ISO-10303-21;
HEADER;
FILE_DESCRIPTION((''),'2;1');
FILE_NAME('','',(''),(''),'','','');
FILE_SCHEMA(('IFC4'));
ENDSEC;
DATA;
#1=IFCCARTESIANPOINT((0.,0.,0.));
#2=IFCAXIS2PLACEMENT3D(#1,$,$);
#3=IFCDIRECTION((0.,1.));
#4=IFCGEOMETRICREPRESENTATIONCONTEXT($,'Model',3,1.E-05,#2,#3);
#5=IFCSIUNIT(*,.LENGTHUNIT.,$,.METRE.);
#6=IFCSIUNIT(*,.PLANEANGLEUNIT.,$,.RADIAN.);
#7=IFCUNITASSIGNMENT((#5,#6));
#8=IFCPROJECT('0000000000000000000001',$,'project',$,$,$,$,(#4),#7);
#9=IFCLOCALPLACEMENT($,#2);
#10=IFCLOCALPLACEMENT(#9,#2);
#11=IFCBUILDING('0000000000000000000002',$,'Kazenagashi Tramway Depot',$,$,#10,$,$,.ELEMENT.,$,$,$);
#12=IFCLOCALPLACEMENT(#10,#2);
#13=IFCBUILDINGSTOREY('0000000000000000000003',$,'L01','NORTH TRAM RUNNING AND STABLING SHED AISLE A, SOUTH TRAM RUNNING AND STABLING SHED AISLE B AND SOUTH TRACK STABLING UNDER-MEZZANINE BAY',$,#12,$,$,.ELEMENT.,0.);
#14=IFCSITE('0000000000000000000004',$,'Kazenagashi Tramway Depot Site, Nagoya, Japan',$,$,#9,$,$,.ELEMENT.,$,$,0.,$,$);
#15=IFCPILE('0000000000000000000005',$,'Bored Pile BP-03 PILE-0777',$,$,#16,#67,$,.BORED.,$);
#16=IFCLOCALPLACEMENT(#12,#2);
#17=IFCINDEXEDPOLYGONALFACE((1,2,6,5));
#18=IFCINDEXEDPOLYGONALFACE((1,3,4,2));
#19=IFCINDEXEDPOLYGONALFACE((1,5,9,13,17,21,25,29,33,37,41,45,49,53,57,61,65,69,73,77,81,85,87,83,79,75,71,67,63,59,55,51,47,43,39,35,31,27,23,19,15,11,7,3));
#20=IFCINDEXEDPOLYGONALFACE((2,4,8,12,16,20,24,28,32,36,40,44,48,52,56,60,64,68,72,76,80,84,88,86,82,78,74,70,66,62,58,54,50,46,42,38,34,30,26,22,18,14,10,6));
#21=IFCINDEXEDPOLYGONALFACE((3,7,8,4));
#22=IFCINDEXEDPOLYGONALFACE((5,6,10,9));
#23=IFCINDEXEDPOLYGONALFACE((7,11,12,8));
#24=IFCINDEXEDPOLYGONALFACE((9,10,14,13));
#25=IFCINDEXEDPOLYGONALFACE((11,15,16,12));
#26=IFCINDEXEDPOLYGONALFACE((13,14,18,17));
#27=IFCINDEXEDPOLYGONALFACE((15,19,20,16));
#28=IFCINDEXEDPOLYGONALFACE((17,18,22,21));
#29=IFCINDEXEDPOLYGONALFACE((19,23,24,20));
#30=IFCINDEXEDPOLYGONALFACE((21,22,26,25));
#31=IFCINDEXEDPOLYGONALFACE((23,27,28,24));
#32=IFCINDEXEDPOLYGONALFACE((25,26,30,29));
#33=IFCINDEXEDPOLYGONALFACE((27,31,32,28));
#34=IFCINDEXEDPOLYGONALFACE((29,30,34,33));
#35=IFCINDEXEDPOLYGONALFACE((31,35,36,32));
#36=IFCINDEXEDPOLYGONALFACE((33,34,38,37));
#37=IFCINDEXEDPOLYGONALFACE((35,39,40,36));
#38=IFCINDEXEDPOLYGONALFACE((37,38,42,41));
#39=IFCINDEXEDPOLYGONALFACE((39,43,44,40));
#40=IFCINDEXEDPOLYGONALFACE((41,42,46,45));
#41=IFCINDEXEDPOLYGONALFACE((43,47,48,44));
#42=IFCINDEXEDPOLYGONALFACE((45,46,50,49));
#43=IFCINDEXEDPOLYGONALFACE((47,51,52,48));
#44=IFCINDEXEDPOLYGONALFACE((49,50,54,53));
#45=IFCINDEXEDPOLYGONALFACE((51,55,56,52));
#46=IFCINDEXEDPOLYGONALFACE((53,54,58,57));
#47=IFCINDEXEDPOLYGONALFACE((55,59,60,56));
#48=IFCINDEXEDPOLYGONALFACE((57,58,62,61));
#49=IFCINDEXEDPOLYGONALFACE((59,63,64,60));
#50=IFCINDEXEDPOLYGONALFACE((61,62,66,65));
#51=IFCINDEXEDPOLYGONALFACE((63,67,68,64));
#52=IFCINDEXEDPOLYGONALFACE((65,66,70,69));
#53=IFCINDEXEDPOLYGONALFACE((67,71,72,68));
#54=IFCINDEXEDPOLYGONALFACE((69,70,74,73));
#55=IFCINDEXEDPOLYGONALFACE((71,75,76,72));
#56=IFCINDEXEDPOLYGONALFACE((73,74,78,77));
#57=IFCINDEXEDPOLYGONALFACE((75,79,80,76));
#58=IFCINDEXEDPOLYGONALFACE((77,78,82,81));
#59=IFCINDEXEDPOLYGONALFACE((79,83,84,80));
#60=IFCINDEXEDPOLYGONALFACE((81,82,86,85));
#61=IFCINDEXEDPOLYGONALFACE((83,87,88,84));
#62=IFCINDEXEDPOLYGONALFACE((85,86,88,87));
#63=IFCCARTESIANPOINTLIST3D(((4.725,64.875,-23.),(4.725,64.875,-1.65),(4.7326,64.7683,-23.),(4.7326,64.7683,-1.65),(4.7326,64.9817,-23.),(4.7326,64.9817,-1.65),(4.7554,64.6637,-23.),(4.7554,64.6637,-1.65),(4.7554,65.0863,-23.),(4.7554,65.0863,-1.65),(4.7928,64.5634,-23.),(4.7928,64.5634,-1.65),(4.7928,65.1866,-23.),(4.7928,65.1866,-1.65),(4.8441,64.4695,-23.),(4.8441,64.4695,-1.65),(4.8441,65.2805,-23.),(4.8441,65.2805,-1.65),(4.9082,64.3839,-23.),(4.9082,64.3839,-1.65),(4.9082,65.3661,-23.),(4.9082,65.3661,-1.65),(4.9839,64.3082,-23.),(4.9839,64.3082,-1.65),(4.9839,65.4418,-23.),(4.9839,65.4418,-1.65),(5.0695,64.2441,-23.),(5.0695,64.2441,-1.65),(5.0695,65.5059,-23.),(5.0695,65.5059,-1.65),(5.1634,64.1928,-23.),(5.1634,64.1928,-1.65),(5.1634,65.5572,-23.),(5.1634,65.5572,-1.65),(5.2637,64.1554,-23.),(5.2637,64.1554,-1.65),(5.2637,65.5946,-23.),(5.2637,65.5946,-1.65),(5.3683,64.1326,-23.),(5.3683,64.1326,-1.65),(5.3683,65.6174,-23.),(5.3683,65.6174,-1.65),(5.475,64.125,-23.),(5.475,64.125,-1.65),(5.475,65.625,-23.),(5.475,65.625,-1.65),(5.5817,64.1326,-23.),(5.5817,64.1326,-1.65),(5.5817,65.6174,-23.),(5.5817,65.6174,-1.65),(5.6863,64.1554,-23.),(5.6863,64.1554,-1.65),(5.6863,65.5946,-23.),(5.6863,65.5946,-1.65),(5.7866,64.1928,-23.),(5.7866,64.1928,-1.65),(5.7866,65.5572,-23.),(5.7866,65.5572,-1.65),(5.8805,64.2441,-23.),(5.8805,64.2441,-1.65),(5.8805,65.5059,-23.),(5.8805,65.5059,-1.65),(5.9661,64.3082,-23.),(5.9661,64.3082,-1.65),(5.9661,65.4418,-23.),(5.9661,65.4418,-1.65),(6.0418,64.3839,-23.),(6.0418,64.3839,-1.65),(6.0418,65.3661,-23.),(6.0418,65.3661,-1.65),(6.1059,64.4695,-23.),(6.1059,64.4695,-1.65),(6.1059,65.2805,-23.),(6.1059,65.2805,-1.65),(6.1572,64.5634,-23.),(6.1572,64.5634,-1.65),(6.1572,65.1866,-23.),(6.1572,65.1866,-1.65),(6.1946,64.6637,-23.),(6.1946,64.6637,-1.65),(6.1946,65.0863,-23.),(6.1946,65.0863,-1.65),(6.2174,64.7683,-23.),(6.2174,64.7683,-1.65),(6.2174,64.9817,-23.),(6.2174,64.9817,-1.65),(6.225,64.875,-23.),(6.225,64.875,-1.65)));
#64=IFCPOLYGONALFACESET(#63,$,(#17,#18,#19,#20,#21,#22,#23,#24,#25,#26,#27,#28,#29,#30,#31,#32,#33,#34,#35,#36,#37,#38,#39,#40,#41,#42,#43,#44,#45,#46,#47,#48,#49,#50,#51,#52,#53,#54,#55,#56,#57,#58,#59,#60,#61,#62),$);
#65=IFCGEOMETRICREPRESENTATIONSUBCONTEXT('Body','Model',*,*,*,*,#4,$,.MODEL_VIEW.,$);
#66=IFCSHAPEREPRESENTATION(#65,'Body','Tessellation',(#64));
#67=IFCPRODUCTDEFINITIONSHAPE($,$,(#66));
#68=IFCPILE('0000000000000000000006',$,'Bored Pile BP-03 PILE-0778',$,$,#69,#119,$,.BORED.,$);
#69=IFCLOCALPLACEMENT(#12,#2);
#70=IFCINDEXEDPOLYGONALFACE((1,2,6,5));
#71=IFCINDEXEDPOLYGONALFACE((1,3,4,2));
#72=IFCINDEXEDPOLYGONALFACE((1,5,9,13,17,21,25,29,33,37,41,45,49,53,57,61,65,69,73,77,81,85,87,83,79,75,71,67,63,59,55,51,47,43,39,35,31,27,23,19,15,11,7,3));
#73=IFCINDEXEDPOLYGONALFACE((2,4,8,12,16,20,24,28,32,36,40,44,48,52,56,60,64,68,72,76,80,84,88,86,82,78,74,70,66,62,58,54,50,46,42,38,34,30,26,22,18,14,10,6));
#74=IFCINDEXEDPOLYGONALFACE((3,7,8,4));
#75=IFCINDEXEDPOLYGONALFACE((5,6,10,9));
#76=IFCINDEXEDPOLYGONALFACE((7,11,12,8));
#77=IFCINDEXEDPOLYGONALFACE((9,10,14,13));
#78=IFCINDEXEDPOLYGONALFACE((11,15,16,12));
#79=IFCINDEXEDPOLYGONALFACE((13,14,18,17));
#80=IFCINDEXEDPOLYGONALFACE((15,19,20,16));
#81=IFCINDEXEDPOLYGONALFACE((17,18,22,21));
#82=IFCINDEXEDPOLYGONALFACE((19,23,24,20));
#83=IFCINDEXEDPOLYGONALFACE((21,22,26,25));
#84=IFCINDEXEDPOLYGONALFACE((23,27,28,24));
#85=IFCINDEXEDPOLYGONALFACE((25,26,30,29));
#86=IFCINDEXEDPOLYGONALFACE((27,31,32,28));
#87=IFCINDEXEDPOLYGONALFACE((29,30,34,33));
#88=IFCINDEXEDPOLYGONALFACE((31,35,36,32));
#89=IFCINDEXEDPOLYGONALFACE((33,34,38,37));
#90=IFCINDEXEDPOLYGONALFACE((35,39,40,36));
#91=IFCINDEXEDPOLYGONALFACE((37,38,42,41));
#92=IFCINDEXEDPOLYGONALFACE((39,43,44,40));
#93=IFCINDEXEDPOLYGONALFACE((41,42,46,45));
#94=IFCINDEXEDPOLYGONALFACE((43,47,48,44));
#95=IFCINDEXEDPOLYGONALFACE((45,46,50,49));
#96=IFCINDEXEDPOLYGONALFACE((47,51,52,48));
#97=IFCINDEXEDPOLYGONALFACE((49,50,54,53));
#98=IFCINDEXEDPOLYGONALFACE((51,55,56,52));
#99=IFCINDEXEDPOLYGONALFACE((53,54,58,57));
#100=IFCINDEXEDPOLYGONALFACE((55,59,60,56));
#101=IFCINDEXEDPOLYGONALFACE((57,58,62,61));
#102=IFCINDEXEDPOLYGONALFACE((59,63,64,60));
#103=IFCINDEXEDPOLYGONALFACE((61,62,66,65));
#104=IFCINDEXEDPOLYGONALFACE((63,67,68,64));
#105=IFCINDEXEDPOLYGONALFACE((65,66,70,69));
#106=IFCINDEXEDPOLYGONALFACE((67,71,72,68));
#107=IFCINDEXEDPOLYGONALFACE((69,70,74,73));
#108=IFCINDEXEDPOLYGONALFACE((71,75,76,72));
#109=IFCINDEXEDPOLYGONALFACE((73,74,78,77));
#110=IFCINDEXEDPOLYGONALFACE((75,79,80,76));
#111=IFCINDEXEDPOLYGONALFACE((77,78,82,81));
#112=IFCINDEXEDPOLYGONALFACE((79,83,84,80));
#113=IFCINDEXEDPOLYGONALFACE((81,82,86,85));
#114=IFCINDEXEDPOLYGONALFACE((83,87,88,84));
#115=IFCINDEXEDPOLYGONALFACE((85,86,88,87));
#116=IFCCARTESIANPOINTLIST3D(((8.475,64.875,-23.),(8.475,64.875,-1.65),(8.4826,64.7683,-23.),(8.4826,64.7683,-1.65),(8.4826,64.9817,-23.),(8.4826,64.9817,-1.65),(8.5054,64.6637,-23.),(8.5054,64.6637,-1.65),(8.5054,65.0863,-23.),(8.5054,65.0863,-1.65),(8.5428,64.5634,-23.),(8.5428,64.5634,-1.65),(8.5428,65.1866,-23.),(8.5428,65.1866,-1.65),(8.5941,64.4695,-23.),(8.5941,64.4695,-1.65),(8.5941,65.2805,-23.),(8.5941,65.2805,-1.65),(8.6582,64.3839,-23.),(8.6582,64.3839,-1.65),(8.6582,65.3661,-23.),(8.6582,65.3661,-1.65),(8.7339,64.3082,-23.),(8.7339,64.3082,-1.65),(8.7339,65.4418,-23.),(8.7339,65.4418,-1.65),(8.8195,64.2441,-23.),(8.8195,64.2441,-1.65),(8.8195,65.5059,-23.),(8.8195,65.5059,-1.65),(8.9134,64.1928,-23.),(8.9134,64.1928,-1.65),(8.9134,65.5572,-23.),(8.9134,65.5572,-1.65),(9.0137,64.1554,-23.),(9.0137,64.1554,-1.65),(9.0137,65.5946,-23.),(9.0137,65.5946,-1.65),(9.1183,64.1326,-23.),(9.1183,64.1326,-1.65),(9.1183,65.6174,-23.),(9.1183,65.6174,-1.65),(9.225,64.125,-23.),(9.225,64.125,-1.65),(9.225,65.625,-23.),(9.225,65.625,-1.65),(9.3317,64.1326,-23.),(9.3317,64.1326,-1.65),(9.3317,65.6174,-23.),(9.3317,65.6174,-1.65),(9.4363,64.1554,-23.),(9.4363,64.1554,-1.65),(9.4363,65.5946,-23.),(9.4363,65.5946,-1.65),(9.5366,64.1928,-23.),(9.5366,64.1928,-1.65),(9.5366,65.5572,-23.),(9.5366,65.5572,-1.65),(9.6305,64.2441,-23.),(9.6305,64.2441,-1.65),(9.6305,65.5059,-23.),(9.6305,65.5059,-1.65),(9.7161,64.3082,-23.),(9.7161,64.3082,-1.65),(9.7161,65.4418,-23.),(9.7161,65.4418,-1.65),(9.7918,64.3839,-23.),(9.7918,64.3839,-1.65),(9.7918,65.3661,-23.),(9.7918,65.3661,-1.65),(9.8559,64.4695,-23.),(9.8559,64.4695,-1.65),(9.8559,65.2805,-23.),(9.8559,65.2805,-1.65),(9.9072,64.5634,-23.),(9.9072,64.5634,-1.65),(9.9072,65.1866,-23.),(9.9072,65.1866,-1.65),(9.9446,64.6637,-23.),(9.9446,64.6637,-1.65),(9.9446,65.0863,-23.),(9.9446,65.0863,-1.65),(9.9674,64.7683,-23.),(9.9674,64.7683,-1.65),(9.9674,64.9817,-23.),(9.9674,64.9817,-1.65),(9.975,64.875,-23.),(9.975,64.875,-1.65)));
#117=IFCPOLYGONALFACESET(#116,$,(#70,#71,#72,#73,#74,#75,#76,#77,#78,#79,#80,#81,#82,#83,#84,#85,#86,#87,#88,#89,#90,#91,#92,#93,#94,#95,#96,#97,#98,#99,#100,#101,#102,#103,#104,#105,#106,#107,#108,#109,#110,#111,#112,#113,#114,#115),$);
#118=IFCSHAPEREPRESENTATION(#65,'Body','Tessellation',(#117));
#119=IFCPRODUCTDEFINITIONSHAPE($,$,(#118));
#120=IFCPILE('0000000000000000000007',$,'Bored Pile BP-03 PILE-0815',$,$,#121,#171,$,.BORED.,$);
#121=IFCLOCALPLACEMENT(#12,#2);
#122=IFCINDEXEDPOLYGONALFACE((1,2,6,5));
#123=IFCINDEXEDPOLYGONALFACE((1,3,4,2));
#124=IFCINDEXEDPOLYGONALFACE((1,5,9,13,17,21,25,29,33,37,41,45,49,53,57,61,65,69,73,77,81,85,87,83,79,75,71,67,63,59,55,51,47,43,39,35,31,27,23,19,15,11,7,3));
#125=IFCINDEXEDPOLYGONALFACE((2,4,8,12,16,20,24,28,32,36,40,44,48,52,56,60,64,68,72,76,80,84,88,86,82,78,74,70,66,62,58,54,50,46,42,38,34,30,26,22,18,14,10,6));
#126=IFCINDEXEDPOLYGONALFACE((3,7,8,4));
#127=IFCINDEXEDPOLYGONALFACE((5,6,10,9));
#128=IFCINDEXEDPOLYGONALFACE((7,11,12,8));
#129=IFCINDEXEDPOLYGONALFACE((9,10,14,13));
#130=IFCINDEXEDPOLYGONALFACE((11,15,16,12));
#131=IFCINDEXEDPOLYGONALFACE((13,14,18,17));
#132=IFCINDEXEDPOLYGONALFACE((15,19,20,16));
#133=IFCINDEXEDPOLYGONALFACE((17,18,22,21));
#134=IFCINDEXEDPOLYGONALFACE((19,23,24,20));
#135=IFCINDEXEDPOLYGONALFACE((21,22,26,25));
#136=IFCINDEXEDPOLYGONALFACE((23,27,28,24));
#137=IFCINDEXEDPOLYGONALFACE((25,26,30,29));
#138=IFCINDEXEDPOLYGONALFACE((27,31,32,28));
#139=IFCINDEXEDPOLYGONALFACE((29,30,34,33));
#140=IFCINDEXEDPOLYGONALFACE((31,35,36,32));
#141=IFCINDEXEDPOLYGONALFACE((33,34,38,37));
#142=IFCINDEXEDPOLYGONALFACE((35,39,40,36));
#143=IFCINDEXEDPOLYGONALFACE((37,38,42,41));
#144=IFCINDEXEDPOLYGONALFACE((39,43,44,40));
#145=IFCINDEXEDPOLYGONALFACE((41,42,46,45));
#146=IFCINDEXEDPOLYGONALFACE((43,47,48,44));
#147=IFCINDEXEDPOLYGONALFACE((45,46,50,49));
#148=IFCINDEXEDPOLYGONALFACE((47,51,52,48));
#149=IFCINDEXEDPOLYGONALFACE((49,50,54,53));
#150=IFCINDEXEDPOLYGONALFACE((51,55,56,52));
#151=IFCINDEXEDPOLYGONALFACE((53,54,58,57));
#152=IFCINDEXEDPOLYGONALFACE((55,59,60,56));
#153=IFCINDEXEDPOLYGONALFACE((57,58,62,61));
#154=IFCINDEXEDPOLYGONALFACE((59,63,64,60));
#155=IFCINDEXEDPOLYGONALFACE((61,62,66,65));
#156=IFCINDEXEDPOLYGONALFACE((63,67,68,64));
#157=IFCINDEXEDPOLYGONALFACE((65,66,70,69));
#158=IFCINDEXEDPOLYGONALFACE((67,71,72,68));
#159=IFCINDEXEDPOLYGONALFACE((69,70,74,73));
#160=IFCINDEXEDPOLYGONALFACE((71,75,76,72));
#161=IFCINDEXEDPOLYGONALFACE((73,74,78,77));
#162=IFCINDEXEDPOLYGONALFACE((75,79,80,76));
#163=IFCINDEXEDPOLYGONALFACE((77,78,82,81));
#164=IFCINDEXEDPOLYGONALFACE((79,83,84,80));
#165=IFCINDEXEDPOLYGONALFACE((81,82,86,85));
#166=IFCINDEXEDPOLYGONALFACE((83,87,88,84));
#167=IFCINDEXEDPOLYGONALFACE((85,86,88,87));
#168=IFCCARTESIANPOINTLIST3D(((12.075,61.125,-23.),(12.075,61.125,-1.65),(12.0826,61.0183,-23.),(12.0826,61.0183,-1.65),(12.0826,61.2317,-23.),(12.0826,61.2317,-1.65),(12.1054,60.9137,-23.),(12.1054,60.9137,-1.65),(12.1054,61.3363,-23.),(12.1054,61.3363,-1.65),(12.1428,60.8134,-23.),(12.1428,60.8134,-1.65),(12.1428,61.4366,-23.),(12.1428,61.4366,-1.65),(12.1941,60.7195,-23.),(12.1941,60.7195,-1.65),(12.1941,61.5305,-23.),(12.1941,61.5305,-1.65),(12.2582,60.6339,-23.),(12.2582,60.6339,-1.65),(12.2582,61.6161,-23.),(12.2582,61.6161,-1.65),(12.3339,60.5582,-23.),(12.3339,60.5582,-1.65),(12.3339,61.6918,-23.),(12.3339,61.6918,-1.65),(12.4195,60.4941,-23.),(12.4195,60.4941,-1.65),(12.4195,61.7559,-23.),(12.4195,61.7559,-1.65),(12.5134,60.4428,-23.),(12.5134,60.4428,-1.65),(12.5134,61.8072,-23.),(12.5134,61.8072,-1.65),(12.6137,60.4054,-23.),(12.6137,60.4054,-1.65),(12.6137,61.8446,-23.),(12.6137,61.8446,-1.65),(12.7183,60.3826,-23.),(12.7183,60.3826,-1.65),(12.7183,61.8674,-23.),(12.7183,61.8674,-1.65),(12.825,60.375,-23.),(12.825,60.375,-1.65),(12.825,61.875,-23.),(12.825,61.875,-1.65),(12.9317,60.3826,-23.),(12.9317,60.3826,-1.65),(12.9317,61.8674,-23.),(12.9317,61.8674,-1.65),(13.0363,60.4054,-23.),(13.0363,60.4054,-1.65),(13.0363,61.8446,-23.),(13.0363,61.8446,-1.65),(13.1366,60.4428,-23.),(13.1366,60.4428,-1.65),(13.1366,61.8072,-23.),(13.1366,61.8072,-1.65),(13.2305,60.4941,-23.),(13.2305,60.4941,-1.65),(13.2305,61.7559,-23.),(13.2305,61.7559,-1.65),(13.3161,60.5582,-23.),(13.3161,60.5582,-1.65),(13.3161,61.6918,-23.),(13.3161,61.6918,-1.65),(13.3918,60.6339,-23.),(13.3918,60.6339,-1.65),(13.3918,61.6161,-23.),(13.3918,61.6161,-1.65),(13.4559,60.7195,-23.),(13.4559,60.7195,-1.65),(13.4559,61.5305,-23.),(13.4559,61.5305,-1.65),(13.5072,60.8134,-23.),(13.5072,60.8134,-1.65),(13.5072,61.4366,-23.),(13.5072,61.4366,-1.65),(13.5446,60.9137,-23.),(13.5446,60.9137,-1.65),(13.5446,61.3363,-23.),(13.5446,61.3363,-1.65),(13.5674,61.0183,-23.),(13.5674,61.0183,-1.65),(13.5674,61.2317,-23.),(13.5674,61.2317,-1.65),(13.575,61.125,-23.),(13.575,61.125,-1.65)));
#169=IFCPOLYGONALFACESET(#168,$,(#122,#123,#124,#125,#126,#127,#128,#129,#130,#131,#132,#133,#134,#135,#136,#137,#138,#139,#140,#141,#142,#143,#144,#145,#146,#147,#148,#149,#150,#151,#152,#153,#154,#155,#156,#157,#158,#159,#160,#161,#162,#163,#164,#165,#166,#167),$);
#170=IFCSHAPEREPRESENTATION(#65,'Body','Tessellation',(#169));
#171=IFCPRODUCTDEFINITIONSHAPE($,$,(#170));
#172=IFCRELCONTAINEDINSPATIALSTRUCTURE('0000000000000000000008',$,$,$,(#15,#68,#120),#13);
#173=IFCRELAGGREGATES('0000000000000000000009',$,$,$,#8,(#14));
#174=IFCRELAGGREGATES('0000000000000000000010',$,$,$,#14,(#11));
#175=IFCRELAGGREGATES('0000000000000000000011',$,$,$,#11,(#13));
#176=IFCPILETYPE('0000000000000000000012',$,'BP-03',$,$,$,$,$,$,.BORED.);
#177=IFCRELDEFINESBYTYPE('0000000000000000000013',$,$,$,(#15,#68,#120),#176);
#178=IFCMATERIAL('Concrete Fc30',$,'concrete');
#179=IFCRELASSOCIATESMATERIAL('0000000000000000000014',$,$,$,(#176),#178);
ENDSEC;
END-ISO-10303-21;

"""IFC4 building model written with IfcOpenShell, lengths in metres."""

from ifc_helpers import new_model, si_unit, direction, frame, origin, origin_2d, place, context, subcontext, project, spatial, circle, extrude, material, material_profile, profile_set, type_object, element, save


model = new_model("IFC4")

# Units and contexts
model_context = context("Model", 3, precision=1e-05, world=origin(), true_north=direction((0.0, 1.0)))
body_context = subcontext(model_context, "Body", "Model", "MODEL_VIEW")
ifc_project = project(units=[si_unit("LENGTHUNIT", "METRE"), si_unit("PLANEANGLEUNIT", "RADIAN")], contexts=[model_context])

# Site, building, storey
site_placement = place(None, origin())
site = spatial("IfcSite", under=ifc_project, at=site_placement, Name="Kazenagashi Tramway Depot Site, Nagoya, Japan", CompositionType="ELEMENT", RefElevation=0.0)
building_placement = place(site_placement, origin())
building = spatial("IfcBuilding", under=site, at=building_placement, Name="Kazenagashi Tramway Depot", CompositionType="ELEMENT")
storey_placement = place(building_placement, origin())
storey = spatial("IfcBuildingStorey", under=building, at=storey_placement, Name="L01", Description="NORTH TRAM RUNNING AND STABLING SHED AISLE A, SOUTH TRAM RUNNING AND STABLING SHED AISLE B AND SOUTH TRACK STABLING UNDER-MEZZANINE BAY", CompositionType="ELEMENT", Elevation=0.0)

# Piles
ifc_material_1 = material(Name="Concrete Fc30", Category="concrete")
ifc_material_profile_1 = material_profile(ifc_material_1, circle(Radius=0.75, at=origin_2d()), Name="PILE-1500")
ifc_profile_set_1 = profile_set([ifc_material_profile_1], Name="Concrete Fc30")
pile_type = type_object("IfcPileType", Name="BP-03", PredefinedType="BORED", material=ifc_profile_set_1)
for number, where, z_axis, x_axis, name in (
    (1, (5.475, 64.875, -1.65), (0.0, 0.0, -1.0), (1.0, 0.0, 0.0), "Bored Pile BP-03 PILE-0777"),
    (2, (9.225, 64.875, -1.65), (0.0, 0.0, -1.0), (1.0, 0.0, 0.0), "Bored Pile BP-03 PILE-0778"),
    (3, (12.825, 61.125, -1.65), (0.0, 0.0, -1.0), (1.0, 0.0, 0.0), "Bored Pile BP-03 PILE-0815"),
):
    element("IfcPile", number, at=place(storey_placement, frame(where, z_axis=z_axis, x_axis=x_axis)), inside=storey, type_object=pile_type, Name=name, PredefinedType="BORED", context=body_context, shape_type="SweptSolid", body=[
        extrude(circle(Radius=0.75, at=origin_2d()), origin(), (0.0, 0.0, 1.0), 21.35),
    ])

save(model, "model.ifc")
